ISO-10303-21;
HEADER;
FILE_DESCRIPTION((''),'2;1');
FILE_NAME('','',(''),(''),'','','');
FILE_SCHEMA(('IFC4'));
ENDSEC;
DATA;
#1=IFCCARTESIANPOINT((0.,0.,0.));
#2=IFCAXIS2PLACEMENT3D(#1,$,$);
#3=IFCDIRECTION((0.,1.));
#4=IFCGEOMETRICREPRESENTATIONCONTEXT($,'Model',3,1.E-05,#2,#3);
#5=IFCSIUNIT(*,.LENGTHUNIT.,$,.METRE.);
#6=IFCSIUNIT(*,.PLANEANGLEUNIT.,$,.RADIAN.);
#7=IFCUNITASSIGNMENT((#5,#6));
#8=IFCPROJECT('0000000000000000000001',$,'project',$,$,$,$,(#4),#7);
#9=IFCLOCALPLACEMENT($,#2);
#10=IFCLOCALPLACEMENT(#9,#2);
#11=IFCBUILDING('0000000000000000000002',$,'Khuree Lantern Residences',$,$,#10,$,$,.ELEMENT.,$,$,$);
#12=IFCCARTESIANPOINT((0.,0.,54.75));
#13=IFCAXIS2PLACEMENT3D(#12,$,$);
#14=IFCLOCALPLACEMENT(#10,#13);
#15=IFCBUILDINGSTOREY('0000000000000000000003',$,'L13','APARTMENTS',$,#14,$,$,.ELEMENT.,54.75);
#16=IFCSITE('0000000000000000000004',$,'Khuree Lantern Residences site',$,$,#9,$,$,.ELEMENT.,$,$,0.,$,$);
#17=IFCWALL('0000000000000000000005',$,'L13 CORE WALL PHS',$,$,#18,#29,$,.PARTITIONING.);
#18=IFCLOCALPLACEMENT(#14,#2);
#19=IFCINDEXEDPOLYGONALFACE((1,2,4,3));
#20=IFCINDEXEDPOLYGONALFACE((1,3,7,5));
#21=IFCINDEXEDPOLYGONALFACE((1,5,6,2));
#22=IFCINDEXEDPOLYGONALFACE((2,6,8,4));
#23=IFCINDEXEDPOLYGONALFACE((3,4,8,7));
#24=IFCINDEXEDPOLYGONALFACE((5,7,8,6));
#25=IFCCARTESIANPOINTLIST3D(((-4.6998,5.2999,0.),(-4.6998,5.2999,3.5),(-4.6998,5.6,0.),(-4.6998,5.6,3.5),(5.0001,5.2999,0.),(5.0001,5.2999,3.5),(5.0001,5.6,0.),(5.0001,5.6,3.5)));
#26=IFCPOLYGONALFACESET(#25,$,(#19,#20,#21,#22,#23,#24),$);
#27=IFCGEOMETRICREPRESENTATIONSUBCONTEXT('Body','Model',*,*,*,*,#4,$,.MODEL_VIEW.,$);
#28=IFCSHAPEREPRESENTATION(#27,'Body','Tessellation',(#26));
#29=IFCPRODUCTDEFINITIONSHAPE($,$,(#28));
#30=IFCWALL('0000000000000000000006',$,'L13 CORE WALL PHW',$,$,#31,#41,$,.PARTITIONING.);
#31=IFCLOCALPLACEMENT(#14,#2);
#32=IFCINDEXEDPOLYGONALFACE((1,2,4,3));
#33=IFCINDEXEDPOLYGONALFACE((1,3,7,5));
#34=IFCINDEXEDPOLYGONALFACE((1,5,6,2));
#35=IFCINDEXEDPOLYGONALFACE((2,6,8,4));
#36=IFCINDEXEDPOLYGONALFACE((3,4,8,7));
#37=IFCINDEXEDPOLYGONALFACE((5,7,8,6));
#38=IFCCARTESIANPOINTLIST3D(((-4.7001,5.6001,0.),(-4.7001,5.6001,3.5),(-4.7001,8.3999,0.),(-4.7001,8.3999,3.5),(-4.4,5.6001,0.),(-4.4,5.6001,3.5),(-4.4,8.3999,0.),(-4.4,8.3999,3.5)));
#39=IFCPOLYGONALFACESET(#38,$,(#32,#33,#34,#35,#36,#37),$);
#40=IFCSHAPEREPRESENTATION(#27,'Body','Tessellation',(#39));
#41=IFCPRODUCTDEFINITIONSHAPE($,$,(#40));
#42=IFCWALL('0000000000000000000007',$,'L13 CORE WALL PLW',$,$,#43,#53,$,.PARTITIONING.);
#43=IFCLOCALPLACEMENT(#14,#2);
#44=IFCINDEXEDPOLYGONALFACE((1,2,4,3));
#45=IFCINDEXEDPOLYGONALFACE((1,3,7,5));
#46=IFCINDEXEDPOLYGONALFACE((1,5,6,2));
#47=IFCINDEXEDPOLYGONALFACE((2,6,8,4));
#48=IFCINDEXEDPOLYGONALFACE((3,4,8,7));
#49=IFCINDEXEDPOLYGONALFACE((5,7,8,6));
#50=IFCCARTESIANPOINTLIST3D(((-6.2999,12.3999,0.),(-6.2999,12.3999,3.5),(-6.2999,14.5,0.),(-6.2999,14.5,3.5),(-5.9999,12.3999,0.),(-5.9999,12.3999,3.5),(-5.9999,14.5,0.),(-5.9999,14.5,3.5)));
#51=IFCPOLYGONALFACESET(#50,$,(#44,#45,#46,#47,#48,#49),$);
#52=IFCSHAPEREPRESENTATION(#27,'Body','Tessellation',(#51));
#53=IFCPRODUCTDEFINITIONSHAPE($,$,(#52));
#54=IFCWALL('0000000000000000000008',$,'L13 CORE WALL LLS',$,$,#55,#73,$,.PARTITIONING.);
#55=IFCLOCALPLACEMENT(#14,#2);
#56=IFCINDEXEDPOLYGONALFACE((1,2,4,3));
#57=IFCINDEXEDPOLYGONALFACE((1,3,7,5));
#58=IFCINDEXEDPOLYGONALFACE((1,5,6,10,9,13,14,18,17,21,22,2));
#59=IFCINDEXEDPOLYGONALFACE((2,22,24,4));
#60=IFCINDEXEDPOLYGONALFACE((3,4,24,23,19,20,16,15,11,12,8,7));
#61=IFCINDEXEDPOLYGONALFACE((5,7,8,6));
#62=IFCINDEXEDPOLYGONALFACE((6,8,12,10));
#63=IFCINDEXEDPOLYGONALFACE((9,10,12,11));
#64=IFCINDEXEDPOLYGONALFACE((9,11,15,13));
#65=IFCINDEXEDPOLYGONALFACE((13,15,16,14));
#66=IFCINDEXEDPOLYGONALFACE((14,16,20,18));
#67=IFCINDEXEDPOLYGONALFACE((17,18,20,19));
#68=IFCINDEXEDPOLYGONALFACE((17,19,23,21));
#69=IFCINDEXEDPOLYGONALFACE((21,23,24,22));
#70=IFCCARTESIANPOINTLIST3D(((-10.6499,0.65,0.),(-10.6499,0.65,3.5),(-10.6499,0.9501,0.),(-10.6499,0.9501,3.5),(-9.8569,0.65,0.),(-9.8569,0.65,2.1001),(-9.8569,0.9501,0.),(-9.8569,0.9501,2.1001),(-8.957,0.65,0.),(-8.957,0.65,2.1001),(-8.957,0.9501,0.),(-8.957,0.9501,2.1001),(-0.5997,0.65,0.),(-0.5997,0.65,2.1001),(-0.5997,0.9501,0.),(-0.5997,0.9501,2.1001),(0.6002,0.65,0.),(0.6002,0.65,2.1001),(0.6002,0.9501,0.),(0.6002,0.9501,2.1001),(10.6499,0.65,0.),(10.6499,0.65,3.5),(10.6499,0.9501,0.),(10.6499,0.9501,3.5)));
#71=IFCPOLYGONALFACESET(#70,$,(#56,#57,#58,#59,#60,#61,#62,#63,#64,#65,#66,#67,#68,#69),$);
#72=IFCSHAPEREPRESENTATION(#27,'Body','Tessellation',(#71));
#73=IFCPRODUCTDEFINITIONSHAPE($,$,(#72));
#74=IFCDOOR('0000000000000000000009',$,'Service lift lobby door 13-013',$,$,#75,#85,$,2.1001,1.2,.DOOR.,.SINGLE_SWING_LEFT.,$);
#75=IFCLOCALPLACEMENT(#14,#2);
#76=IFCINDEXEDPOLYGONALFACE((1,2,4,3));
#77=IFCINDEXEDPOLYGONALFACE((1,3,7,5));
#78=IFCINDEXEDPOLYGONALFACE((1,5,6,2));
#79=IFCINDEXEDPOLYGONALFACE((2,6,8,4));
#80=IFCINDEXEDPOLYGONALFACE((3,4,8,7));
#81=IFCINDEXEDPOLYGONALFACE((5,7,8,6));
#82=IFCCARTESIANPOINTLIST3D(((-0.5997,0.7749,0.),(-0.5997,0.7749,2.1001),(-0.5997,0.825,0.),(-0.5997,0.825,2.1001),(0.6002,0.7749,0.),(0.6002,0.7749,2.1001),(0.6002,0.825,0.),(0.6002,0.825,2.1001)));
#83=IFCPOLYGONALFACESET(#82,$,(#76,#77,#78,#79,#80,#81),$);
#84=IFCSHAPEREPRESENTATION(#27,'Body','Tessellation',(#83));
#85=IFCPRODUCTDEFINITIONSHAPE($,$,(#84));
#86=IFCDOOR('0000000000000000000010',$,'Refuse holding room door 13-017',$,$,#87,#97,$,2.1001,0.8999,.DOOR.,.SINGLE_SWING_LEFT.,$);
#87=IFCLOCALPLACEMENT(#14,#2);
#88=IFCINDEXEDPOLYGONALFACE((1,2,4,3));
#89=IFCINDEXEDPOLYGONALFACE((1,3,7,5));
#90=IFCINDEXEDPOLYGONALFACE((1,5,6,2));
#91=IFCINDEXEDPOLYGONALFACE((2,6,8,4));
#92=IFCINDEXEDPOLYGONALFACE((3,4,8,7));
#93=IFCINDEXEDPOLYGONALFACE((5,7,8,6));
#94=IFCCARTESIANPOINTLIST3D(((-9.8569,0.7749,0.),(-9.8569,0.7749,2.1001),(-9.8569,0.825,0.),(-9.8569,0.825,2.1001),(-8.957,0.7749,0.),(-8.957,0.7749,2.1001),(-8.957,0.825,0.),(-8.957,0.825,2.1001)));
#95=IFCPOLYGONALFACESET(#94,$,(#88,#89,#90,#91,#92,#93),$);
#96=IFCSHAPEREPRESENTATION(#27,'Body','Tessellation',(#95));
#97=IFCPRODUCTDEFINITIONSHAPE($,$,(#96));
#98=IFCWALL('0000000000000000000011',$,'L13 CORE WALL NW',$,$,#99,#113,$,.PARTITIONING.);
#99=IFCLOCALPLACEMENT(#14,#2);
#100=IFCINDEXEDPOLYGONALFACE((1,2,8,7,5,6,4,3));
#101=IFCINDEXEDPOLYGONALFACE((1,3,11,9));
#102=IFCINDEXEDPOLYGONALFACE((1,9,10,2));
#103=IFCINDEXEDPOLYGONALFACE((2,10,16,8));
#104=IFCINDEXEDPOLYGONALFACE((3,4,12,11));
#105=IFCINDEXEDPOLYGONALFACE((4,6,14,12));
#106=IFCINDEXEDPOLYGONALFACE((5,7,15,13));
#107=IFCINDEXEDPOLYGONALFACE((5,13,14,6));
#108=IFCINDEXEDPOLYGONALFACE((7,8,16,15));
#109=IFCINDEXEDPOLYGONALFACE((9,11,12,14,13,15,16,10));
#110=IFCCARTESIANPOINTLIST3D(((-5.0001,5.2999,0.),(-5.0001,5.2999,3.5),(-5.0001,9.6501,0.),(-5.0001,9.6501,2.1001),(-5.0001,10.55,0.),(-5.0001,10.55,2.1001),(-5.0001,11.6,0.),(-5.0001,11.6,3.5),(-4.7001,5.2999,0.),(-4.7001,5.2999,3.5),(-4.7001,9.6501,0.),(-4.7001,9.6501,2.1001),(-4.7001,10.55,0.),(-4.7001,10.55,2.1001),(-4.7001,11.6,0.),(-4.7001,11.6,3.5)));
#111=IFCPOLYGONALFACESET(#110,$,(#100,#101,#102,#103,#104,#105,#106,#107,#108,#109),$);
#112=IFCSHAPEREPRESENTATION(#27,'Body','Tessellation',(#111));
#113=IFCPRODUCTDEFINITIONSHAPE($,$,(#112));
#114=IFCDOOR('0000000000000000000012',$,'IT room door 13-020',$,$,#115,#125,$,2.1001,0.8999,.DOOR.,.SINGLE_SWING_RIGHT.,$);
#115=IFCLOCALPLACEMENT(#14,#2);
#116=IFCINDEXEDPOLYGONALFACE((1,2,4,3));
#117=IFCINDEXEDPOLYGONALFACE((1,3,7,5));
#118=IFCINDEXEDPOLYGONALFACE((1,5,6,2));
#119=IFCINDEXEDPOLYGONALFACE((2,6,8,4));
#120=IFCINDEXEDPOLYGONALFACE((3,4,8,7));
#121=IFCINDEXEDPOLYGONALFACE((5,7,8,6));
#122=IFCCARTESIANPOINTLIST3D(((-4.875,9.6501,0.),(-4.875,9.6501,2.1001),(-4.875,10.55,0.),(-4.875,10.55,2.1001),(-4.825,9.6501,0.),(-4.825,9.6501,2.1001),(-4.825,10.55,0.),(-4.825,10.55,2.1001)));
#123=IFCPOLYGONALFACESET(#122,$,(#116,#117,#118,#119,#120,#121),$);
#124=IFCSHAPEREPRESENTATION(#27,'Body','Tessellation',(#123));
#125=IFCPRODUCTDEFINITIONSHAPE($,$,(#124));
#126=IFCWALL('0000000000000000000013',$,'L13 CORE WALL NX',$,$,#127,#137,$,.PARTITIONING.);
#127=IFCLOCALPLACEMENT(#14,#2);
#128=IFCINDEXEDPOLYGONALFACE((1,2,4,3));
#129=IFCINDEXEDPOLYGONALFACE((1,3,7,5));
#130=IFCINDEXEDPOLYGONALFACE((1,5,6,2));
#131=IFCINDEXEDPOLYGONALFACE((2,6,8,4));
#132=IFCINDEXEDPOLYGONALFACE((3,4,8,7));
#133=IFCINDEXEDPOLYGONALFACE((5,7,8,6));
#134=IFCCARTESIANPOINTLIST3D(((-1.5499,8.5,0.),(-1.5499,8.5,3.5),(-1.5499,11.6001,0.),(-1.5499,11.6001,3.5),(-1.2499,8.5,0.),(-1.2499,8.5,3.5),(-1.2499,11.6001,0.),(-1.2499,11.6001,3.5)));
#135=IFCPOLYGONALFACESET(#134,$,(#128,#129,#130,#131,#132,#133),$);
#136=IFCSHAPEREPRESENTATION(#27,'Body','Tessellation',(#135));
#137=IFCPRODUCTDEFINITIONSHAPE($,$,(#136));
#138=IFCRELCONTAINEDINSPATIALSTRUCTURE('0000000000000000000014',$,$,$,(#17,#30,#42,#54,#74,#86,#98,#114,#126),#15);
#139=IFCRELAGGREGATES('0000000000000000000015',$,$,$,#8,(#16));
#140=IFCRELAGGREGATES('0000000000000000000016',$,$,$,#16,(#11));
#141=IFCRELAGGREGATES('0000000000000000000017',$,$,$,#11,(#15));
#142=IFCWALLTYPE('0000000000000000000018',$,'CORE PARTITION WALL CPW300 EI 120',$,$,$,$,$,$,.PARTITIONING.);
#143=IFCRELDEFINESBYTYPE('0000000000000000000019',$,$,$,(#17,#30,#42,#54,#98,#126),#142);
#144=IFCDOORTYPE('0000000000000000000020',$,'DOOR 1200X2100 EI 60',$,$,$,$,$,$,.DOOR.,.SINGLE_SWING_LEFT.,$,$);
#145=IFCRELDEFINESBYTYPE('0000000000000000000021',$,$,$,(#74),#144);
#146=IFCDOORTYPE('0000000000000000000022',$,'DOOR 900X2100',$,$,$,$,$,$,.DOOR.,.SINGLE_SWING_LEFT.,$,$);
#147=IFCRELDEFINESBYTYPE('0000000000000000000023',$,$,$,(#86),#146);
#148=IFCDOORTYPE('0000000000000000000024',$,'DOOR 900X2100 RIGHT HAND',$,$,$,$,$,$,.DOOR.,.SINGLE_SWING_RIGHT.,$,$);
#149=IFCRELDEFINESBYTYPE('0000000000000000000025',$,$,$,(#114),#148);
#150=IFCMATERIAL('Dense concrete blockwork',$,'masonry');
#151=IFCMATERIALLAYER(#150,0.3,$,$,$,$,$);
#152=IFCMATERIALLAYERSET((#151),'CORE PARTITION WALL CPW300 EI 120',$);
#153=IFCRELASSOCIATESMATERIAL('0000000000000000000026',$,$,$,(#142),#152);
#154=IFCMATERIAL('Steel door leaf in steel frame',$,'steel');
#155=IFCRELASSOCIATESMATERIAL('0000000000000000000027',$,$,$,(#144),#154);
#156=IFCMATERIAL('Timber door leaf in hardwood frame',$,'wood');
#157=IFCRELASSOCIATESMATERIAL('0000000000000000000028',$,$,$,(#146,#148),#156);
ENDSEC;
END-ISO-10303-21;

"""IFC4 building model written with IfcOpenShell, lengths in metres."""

from ifc_helpers import new_model, si_unit, direction, frame, frame_2d, origin, place, context, subcontext, project, spatial, rectangle, extrude, material, layer, layer_set, type_object, element, fill, save


model = new_model("IFC4")

# Units and contexts
model_context = context("Model", 3, precision=1e-05, world=origin(), true_north=direction((0.0, 1.0)))
body_context = subcontext(model_context, "Body", "Model", "MODEL_VIEW")
ifc_project = project(units=[si_unit("LENGTHUNIT", "METRE"), si_unit("PLANEANGLEUNIT", "RADIAN")], contexts=[model_context])

# Site, building, storey
site_placement = place(None, origin())
site = spatial("IfcSite", under=ifc_project, at=site_placement, Name="Khuree Lantern Residences site", CompositionType="ELEMENT", RefElevation=0.0)
building_placement = place(site_placement, origin())
building = spatial("IfcBuilding", under=site, at=building_placement, Name="Khuree Lantern Residences", CompositionType="ELEMENT")
storey_placement = place(building_placement, frame((0.0, 0.0, 54.75)))
storey = spatial("IfcBuildingStorey", under=building, at=storey_placement, Name="L13", Description="APARTMENTS", CompositionType="ELEMENT", Elevation=54.75)

# Walls
ifc_material_1 = material(Name="Dense concrete blockwork", Category="masonry")
ifc_layer_1 = layer(ifc_material_1, 0.3)
ifc_layer_set_1 = layer_set([ifc_layer_1], Name="CORE PARTITION WALL CPW300 EI 120")
wall_type_1 = type_object("IfcWallType", Name="CORE PARTITION WALL CPW300 EI 120", PredefinedType="PARTITIONING", material=ifc_layer_set_1)
wall_1_placement = place(storey_placement, frame((-4.7, 5.45, 0.0), z_axis=(0.0, 0.0, 1.0), x_axis=(1.0, 0.0, 0.0)))
element("IfcWall", 1, at=wall_1_placement, inside=storey, type_object=wall_type_1, Name="L13 CORE WALL PHS", PredefinedType="PARTITIONING", context=body_context, shape_type="SweptSolid", body=[
    extrude(rectangle(XDim=9.7, YDim=0.3, at=frame_2d((4.8501, 0.0))), origin(), (0.0, 0.0, 1.0), 3.5),
])
wall_2_placement = place(storey_placement, frame((-4.55, 5.6001, 0.0), z_axis=(0.0, 0.0, 1.0), x_axis=(0.0, 1.0, 0.0)))
element("IfcWall", 2, at=wall_2_placement, inside=storey, type_object=wall_type_1, Name="L13 CORE WALL PHW", PredefinedType="PARTITIONING", context=body_context, shape_type="SweptSolid", body=[
    extrude(rectangle(XDim=2.7998, YDim=0.3, at=frame_2d((1.3999, 0.0))), origin(), (0.0, 0.0, 1.0), 3.5),
])
wall_3_placement = place(storey_placement, frame((-6.1499, 12.3999, 0.0), z_axis=(0.0, 0.0, 1.0), x_axis=(0.0, 1.0, 0.0)))
element("IfcWall", 3, at=wall_3_placement, inside=storey, type_object=wall_type_1, Name="L13 CORE WALL PLW", PredefinedType="PARTITIONING", context=body_context, shape_type="SweptSolid", body=[
    extrude(rectangle(XDim=2.1001, YDim=0.3, at=frame_2d((1.05, 0.0))), origin(), (0.0, 0.0, 1.0), 3.5),
])

# Wall, openings, doors
wall_4_placement = place(storey_placement, frame((-10.6499, 0.8, 0.0), z_axis=(0.0, 0.0, 1.0), x_axis=(1.0, 0.0, 0.0)))
wall_4 = element("IfcWall", 4, at=wall_4_placement, inside=storey, type_object=wall_type_1, Name="L13 CORE WALL LLS", PredefinedType="PARTITIONING", context=body_context, shape_type="SweptSolid", body=[
    extrude(rectangle(XDim=21.2998, YDim=0.3, at=frame_2d((10.6499, 0.0))), origin(), (0.0, 0.0, 1.0), 3.5),
])
opening_1_placement = place(wall_4_placement, frame((10.05, 0.0, 0.0)))
opening_1 = element("IfcOpeningElement", 5, at=opening_1_placement, cuts=wall_4, PredefinedType="OPENING", context=body_context, shape_type="SweptSolid", body=[
    extrude(rectangle(XDim=1.2, YDim=2.1001, at=frame_2d((0.6001, 1.05))), frame((0.0, 0.1602, 0.0), z_axis=(0.0, -1.0, 0.0), x_axis=(1.0, 0.0, 0.0)), (0.0, 0.0, 1.0), 0.3201),
])
opening_2_placement = place(wall_4_placement, frame((0.793, 0.0, 0.0)))
opening_2 = element("IfcOpeningElement", 6, at=opening_2_placement, cuts=wall_4, PredefinedType="OPENING", context=body_context, shape_type="SweptSolid", body=[
    extrude(rectangle(XDim=0.8999, YDim=2.1001, at=frame_2d((0.45, 1.05))), frame((0.0, 0.1602, 0.0), z_axis=(0.0, -1.0, 0.0), x_axis=(1.0, 0.0, 0.0)), (0.0, 0.0, 1.0), 0.3201),
])
ifc_material_2 = material(Name="Steel door leaf in steel frame", Category="steel")
door_type_1 = type_object("IfcDoorType", Name="DOOR 1200X2100 EI 60", OperationType="SINGLE_SWING_LEFT", PredefinedType="DOOR", material=ifc_material_2)
door_1_placement = place(opening_1_placement, origin())
door_1 = element("IfcDoor", 7, at=door_1_placement, inside=storey, type_object=door_type_1, Name="Service lift lobby door 13-013", OperationType="SINGLE_SWING_LEFT", OverallHeight=2.1001, OverallWidth=1.2, PredefinedType="DOOR", context=body_context, shape_type="SweptSolid", body=[
    extrude(rectangle(XDim=1.2, YDim=2.1001, at=frame_2d((0.6001, 1.05))), frame((0.0, 0.0249, 0.0), z_axis=(0.0, -1.0, 0.0), x_axis=(1.0, 0.0, 0.0)), (0.0, 0.0, 1.0), 0.05),
])
fill(opening_1, door_1)
ifc_material_3 = material(Name="Timber door leaf in hardwood frame", Category="wood")
door_type_2 = type_object("IfcDoorType", Name="DOOR 900X2100", OperationType="SINGLE_SWING_LEFT", PredefinedType="DOOR", material=ifc_material_3)
door_2_placement = place(opening_2_placement, origin())
door_2 = element("IfcDoor", 8, at=door_2_placement, inside=storey, type_object=door_type_2, Name="Refuse holding room door 13-017", OperationType="SINGLE_SWING_LEFT", OverallHeight=2.1001, OverallWidth=0.8999, PredefinedType="DOOR", context=body_context, shape_type="SweptSolid", body=[
    extrude(rectangle(XDim=0.8999, YDim=2.1001, at=frame_2d((0.45, 1.05))), frame((0.0, 0.0249, 0.0), z_axis=(0.0, -1.0, 0.0), x_axis=(1.0, 0.0, 0.0)), (0.0, 0.0, 1.0), 0.05),
])
fill(opening_2, door_2)

# Wall, opening, door
wall_5_placement = place(storey_placement, frame((-4.8501, 5.3, 0.0), z_axis=(0.0, 0.0, 1.0), x_axis=(0.0, 1.0, 0.0)))
wall_5 = element("IfcWall", 9, at=wall_5_placement, inside=storey, type_object=wall_type_1, Name="L13 CORE WALL NW", PredefinedType="PARTITIONING", context=body_context, shape_type="SweptSolid", body=[
    extrude(rectangle(XDim=6.3, YDim=0.3, at=frame_2d((3.1499, 0.0))), origin(), (0.0, 0.0, 1.0), 3.5),
])
opening_3_placement = place(wall_5_placement, frame((4.3501, 0.0, 0.0)))
opening_3 = element("IfcOpeningElement", 10, at=opening_3_placement, cuts=wall_5, PredefinedType="OPENING", context=body_context, shape_type="SweptSolid", body=[
    extrude(rectangle(XDim=0.8999, YDim=2.1001, at=frame_2d((0.45, 1.05))), frame((0.0, 0.1602, 0.0), z_axis=(0.0, -1.0, 0.0), x_axis=(1.0, 0.0, 0.0)), (0.0, 0.0, 1.0), 0.3201),
])
door_type_3 = type_object("IfcDoorType", Name="DOOR 900X2100 RIGHT HAND", OperationType="SINGLE_SWING_RIGHT", PredefinedType="DOOR", material=ifc_material_3)
door_3_placement = place(opening_3_placement, origin())
door_3 = element("IfcDoor", 11, at=door_3_placement, inside=storey, type_object=door_type_3, Name="IT room door 13-020", OperationType="SINGLE_SWING_RIGHT", OverallHeight=2.1001, OverallWidth=0.8999, PredefinedType="DOOR", context=body_context, shape_type="SweptSolid", body=[
    extrude(rectangle(XDim=0.8999, YDim=2.1001, at=frame_2d((0.45, 1.05))), frame((0.0, 0.0249, 0.0), z_axis=(0.0, -1.0, 0.0), x_axis=(1.0, 0.0, 0.0)), (0.0, 0.0, 1.0), 0.05),
])
fill(opening_3, door_3)

# Wall
wall_6_placement = place(storey_placement, frame((-1.3999, 8.5, 0.0), z_axis=(0.0, 0.0, 1.0), x_axis=(0.0, 1.0, 0.0)))
element("IfcWall", 12, at=wall_6_placement, inside=storey, type_object=wall_type_1, Name="L13 CORE WALL NX", PredefinedType="PARTITIONING", context=body_context, shape_type="SweptSolid", body=[
    extrude(rectangle(XDim=3.1001, YDim=0.3, at=frame_2d((1.55, 0.0))), origin(), (0.0, 0.0, 1.0), 3.5),
])

save(model, "model.ifc")
